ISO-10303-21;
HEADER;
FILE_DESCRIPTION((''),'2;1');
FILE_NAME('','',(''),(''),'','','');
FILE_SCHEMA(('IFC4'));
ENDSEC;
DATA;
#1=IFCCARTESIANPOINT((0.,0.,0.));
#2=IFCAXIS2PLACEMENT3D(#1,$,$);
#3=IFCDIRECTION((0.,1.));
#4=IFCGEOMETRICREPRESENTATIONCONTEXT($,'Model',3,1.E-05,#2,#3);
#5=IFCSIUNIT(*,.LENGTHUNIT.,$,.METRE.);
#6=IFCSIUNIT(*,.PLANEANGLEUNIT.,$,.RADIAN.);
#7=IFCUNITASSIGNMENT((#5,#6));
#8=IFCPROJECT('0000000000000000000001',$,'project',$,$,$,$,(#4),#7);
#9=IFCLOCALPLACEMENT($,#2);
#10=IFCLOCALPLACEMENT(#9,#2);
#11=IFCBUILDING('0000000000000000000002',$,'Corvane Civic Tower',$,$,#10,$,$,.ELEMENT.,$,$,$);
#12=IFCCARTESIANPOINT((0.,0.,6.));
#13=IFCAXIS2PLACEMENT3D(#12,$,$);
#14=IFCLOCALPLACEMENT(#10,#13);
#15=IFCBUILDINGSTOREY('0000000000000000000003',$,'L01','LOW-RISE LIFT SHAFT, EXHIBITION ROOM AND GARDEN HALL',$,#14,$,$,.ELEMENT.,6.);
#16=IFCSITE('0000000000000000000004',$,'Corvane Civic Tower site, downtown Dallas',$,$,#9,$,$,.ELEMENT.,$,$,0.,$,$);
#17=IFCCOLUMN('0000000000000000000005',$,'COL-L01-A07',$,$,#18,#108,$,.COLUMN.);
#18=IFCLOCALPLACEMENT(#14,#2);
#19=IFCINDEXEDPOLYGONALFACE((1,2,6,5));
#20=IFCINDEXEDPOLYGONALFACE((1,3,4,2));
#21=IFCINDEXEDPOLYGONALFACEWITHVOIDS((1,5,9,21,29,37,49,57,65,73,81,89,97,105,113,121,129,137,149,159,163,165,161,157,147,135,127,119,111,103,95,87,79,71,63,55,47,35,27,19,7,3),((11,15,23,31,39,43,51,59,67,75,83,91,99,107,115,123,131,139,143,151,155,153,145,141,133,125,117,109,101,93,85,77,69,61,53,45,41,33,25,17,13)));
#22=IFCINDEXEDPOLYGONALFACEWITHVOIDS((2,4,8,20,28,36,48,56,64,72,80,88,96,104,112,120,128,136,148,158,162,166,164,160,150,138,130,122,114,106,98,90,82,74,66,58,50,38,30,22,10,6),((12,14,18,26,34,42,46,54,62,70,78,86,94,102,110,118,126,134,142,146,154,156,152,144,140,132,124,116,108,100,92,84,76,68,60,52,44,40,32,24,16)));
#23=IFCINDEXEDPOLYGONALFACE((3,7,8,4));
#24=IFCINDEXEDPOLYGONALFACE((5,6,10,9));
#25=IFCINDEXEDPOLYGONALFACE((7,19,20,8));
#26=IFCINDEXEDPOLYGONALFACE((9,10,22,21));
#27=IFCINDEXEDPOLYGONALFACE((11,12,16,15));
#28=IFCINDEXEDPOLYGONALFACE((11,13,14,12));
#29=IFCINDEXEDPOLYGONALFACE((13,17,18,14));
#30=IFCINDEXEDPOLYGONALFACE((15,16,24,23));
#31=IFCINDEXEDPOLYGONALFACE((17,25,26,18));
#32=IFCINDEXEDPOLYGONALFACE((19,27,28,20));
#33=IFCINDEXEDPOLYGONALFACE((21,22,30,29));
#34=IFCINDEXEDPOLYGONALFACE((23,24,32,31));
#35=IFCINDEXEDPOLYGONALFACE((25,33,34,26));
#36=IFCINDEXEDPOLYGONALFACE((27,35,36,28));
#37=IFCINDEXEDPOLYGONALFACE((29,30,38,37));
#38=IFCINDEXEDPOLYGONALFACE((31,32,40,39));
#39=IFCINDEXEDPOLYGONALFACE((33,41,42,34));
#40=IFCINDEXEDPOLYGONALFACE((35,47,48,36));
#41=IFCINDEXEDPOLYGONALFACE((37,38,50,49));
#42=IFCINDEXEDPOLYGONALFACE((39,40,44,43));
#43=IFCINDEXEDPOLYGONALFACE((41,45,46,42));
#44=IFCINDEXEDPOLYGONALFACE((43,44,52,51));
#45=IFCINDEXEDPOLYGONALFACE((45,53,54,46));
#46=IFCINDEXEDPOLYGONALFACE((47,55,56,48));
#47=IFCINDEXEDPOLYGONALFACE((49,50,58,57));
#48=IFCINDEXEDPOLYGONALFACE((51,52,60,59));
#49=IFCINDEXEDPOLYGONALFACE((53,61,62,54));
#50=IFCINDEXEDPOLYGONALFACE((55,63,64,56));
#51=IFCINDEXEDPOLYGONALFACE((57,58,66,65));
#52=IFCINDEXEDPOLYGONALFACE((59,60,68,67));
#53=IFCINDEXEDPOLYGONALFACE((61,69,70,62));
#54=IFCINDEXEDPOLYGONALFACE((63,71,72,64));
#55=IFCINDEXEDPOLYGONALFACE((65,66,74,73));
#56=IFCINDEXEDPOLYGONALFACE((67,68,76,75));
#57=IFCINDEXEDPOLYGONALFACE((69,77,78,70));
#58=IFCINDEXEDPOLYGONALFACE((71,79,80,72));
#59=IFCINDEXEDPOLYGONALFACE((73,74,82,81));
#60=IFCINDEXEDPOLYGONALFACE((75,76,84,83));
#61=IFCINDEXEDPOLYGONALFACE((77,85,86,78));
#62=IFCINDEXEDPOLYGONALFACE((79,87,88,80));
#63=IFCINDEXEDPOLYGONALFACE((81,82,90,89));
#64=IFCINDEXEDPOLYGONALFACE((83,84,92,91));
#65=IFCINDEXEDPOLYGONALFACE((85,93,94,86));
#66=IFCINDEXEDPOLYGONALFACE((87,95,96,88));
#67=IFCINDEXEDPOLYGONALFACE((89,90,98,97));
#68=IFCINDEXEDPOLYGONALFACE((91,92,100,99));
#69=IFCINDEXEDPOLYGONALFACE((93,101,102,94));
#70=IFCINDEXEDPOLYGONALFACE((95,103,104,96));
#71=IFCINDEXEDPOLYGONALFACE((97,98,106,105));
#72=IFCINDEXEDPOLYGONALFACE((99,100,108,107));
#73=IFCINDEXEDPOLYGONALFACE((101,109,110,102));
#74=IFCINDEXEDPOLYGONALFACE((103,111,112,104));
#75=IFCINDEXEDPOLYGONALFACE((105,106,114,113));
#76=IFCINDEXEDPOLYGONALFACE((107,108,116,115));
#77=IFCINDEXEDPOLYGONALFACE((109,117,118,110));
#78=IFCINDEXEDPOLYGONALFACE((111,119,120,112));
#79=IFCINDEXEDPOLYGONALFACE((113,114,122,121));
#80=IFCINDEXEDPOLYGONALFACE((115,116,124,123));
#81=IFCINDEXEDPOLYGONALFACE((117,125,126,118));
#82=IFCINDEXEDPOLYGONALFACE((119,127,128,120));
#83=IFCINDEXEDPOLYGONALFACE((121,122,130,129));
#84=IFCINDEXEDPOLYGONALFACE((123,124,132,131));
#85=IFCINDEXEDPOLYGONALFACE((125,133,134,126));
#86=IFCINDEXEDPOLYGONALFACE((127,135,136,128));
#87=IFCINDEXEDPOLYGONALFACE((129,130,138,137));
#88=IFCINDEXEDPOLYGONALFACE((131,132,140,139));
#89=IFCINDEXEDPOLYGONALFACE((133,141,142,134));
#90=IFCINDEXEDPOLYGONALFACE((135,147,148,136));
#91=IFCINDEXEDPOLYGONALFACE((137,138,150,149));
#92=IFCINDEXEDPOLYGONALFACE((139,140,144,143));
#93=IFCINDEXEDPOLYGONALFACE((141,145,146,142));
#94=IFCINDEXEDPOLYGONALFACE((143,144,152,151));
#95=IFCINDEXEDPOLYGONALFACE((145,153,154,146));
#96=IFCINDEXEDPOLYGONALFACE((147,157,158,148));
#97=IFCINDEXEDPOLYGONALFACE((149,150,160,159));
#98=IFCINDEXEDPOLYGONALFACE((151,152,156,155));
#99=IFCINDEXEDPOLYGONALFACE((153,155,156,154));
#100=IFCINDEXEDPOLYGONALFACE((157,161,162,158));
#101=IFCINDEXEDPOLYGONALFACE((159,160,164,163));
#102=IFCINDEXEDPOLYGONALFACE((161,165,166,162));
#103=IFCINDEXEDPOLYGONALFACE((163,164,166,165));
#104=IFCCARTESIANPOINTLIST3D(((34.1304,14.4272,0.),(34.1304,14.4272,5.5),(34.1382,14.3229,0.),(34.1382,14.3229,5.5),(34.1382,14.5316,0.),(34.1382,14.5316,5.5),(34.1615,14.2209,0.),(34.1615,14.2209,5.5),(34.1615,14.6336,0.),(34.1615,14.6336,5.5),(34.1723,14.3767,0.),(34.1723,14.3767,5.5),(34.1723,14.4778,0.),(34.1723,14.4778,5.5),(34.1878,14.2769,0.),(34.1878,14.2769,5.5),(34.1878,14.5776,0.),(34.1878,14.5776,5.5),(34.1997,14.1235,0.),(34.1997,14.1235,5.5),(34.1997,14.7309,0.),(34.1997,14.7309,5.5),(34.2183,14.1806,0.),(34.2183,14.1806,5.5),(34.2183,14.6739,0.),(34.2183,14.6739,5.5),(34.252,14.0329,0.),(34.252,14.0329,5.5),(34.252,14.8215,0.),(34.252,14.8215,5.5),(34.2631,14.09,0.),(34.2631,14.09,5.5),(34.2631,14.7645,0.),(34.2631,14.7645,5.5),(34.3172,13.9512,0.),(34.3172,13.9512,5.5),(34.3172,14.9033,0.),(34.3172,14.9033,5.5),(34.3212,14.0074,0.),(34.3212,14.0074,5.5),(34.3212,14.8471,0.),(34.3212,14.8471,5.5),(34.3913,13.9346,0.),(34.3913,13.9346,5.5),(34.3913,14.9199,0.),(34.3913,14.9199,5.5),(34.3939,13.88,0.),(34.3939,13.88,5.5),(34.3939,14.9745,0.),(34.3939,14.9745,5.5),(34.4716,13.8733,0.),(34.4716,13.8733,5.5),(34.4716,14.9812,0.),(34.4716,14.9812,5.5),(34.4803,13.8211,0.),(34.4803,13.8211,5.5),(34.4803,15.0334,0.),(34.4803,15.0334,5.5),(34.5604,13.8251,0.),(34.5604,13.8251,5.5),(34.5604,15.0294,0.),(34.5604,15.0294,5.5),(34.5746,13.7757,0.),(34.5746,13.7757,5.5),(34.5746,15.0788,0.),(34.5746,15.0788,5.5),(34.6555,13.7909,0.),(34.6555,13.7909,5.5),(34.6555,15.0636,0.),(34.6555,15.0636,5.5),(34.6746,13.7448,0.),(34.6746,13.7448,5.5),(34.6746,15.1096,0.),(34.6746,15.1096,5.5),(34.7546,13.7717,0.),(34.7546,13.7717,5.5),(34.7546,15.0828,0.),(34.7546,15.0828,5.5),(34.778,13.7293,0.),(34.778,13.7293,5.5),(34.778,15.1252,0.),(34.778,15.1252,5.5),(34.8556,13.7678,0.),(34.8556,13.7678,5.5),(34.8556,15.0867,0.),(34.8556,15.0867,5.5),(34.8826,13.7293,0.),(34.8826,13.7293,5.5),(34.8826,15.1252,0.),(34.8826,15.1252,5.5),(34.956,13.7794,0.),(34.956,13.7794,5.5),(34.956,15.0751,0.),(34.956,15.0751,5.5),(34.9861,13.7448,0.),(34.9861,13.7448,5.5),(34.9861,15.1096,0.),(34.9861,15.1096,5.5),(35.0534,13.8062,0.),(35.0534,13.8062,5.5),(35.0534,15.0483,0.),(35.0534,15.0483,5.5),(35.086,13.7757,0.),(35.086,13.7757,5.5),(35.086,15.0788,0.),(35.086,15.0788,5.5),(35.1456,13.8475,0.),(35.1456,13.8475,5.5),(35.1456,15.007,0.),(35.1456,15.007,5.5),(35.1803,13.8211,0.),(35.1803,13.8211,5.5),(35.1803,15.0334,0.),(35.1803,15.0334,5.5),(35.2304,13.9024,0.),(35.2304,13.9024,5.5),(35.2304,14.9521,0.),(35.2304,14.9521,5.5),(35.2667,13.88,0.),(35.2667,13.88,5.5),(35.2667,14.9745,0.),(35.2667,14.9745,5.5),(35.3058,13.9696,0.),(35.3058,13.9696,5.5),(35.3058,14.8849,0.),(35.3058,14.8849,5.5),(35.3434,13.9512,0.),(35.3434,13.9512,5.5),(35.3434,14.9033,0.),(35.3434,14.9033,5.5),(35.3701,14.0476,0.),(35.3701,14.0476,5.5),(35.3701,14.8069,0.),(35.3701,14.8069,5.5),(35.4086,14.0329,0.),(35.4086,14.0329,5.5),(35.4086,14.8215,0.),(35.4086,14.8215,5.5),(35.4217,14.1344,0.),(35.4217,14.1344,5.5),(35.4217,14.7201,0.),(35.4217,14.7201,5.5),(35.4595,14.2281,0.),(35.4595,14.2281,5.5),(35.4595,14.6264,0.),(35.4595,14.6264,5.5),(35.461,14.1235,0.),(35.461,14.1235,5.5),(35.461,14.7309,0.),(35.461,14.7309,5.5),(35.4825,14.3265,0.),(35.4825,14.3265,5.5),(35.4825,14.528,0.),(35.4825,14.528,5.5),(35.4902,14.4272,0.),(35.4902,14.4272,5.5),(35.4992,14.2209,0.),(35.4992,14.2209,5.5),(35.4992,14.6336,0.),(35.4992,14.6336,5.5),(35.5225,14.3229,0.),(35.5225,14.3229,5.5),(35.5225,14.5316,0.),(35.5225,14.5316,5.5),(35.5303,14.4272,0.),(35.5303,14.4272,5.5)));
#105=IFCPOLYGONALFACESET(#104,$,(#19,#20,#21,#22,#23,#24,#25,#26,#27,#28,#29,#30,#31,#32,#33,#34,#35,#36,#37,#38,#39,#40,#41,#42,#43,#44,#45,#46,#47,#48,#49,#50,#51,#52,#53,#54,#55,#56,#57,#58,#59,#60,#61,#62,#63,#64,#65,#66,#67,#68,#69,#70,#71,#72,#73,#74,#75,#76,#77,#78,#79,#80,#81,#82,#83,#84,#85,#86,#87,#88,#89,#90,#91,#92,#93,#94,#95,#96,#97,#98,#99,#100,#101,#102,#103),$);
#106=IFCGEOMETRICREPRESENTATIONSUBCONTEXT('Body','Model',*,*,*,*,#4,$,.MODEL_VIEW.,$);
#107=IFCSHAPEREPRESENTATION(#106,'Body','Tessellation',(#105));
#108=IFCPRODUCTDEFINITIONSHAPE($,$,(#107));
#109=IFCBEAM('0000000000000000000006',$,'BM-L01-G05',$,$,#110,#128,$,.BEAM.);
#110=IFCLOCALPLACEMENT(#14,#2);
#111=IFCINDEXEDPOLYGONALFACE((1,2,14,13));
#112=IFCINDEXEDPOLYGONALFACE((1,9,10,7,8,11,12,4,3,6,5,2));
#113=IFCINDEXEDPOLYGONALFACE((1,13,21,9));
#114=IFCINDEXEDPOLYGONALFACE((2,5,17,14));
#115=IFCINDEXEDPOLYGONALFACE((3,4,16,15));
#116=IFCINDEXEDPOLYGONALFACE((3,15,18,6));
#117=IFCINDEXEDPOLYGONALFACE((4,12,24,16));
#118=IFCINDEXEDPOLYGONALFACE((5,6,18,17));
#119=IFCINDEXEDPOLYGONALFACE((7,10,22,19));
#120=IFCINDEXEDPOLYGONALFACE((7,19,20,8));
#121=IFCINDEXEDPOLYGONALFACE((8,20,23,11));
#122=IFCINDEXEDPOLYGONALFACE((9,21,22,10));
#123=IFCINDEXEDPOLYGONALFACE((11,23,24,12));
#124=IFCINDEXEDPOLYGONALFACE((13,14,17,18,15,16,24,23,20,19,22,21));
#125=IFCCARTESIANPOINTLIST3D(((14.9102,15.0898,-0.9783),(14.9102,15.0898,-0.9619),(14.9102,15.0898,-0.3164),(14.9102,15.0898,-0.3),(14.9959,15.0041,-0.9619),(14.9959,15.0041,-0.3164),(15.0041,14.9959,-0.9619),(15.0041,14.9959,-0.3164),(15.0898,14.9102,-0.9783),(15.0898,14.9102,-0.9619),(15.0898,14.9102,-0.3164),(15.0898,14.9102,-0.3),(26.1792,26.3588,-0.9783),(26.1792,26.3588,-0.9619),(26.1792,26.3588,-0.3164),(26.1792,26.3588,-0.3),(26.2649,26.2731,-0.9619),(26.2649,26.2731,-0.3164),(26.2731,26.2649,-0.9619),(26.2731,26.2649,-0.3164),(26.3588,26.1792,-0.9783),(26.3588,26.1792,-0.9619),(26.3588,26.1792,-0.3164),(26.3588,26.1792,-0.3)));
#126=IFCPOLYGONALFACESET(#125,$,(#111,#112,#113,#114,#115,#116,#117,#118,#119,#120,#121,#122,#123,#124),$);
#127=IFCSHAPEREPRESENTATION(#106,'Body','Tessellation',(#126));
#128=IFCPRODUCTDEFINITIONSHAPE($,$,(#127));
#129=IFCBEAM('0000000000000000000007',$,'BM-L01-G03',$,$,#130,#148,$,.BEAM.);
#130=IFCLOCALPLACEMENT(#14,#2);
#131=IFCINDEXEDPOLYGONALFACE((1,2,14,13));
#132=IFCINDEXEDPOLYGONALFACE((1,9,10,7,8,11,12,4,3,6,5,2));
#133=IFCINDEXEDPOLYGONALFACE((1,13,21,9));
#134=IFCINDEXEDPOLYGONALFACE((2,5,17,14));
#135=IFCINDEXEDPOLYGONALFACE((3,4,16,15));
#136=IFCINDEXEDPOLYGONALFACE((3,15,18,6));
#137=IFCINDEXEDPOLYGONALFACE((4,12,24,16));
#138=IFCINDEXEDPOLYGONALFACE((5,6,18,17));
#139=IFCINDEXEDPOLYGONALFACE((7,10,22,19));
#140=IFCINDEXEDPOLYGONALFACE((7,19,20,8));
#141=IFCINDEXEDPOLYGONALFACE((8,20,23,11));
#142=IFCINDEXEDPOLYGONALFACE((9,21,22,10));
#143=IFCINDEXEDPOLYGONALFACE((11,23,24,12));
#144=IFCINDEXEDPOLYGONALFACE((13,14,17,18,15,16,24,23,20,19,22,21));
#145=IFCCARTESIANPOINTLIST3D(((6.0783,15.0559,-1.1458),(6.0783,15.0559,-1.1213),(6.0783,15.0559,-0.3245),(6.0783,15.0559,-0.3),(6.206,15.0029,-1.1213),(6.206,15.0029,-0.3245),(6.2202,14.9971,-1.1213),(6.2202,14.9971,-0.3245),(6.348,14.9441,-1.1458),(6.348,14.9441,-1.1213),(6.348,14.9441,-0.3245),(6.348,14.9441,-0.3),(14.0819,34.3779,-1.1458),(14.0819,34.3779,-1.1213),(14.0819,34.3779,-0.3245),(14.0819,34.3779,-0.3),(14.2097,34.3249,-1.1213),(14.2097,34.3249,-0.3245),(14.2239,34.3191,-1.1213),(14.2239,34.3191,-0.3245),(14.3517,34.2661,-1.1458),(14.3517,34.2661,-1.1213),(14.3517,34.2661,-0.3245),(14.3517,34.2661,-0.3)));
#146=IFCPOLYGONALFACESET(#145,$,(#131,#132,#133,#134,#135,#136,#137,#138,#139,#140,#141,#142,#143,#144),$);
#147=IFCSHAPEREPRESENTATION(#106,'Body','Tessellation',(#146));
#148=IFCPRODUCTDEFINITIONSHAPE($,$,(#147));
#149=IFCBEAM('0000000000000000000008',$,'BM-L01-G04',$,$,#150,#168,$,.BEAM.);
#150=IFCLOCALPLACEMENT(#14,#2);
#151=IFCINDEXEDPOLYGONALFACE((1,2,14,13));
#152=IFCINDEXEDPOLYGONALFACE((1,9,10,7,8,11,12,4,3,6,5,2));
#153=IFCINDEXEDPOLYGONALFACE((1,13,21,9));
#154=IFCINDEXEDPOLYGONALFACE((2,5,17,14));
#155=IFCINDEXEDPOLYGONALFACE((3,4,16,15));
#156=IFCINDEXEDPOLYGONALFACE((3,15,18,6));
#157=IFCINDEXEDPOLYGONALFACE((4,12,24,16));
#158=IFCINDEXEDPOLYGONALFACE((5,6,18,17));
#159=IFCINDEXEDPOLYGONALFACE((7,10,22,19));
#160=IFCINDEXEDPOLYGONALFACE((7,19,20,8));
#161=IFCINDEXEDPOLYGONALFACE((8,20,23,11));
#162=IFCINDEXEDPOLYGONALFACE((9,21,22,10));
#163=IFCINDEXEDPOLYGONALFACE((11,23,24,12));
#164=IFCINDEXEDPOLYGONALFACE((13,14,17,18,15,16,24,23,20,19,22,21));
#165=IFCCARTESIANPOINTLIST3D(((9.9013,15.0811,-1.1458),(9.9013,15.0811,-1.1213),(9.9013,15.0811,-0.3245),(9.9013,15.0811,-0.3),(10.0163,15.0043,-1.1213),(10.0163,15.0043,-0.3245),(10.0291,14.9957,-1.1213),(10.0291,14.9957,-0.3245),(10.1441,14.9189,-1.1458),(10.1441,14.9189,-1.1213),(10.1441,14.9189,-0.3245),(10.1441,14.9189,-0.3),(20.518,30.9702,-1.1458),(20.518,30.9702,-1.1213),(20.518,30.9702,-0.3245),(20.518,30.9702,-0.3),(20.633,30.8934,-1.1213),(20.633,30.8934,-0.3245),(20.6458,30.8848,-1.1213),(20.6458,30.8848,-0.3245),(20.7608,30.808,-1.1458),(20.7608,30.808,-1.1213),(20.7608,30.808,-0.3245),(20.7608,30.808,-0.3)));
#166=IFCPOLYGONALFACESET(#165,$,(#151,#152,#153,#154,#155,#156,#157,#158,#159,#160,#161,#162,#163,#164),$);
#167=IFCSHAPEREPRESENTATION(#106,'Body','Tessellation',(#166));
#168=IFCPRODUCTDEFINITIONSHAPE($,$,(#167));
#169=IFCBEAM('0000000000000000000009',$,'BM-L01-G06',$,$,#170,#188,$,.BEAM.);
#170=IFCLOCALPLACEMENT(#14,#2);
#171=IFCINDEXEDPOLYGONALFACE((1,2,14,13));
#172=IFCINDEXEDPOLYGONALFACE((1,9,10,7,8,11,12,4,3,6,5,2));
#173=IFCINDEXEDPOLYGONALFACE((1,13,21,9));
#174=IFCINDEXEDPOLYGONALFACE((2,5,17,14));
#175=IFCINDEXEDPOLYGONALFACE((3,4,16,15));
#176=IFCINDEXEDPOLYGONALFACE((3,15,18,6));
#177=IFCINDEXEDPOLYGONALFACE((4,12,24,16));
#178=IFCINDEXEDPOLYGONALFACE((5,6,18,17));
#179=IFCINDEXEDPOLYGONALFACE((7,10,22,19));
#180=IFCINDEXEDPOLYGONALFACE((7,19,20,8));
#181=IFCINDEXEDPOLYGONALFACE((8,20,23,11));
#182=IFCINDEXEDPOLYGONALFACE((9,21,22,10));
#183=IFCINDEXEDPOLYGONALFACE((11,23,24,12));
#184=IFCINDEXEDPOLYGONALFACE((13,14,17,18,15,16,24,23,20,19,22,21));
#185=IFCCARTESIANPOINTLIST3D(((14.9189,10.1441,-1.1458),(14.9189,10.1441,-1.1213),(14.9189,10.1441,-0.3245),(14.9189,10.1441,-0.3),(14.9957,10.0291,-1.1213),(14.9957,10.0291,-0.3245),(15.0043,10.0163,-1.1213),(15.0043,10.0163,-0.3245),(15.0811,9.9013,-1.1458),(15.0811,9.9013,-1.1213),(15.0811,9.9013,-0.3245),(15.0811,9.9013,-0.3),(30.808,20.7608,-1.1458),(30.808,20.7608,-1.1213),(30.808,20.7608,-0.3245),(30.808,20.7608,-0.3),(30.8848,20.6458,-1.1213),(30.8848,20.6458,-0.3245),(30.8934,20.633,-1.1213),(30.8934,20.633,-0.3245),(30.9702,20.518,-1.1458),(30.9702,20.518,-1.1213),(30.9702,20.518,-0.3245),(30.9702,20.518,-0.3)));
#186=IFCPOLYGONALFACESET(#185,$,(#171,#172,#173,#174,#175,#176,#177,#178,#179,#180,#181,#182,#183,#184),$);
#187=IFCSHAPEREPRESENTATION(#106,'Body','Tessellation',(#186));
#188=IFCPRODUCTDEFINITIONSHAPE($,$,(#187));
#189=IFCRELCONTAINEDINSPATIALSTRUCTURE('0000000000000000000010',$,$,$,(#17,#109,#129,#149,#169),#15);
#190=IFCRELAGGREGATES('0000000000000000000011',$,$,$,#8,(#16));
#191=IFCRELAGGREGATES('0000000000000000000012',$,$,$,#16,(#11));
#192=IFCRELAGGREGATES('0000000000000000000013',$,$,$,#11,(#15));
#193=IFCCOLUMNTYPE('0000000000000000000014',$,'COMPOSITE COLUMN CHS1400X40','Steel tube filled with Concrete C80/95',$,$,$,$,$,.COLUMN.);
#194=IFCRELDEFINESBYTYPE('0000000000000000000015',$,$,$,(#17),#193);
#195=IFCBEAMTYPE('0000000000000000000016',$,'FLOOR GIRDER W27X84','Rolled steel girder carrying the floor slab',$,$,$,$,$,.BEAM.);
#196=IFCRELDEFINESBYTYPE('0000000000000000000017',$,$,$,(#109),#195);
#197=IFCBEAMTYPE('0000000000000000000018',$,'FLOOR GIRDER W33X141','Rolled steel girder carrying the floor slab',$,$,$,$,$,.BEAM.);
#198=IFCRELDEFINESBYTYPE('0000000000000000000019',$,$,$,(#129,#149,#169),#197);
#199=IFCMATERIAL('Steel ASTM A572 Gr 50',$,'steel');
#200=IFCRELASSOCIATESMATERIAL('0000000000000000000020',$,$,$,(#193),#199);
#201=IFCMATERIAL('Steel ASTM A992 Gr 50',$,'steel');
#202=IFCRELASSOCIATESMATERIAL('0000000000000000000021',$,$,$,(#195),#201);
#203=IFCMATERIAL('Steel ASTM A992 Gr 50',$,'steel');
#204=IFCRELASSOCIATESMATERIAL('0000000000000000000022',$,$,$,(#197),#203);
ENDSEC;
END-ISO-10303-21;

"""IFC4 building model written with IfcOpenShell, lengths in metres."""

from ifc_helpers import new_model, si_unit, direction, frame, origin, origin_2d, place, context, subcontext, project, spatial, hollow_circle, i_section, extrude, material, material_profile, profile_set, type_object, element, save


model = new_model("IFC4")

# Units and contexts
model_context = context("Model", 3, precision=1e-05, world=origin(), true_north=direction((0.0, 1.0)))
body_context = subcontext(model_context, "Body", "Model", "MODEL_VIEW")
ifc_project = project(units=[si_unit("LENGTHUNIT", "METRE"), si_unit("PLANEANGLEUNIT", "RADIAN")], contexts=[model_context])

# Site, building, storey
site_placement = place(None, origin())
site = spatial("IfcSite", under=ifc_project, at=site_placement, Name="Corvane Civic Tower site, downtown Dallas", CompositionType="ELEMENT", RefElevation=0.0)
building_placement = place(site_placement, origin())
building = spatial("IfcBuilding", under=site, at=building_placement, Name="Corvane Civic Tower", CompositionType="ELEMENT")
storey_placement = place(building_placement, frame((0.0, 0.0, 6.0)))
storey = spatial("IfcBuildingStorey", under=building, at=storey_placement, Name="L01", Description="LOW-RISE LIFT SHAFT, EXHIBITION ROOM AND GARDEN HALL", CompositionType="ELEMENT", Elevation=6.0)

# Column
ifc_material_1 = material(Name="Steel ASTM A572 Gr 50", Category="steel")
ifc_material_profile_1 = material_profile(ifc_material_1, hollow_circle(Radius=0.7, WallThickness=0.04, at=origin_2d()), Name="CHS1400X40")
ifc_profile_set_1 = profile_set([ifc_material_profile_1], Name="Steel ASTM A572 Gr 50")
column_type = type_object("IfcColumnType", Name="COMPOSITE COLUMN CHS1400X40", Description="Steel tube filled with Concrete C80/95", PredefinedType="COLUMN", material=ifc_profile_set_1)
column_placement = place(storey_placement, frame((34.8303, 14.4272, 0.0), z_axis=(0.0, 0.0, 1.0), x_axis=(1.0, 0.0, 0.0)))
element("IfcColumn", 1, at=column_placement, inside=storey, type_object=column_type, Name="COL-L01-A07", PredefinedType="COLUMN", context=body_context, shape_type="SweptSolid", body=[
    extrude(hollow_circle(Radius=0.7, WallThickness=0.04, at=origin_2d()), origin(), (0.0, 0.0, 1.0), 5.5),
])

# Beams
ifc_material_2 = material(Name="Steel ASTM A992 Gr 50", Category="steel")
ifc_material_profile_2 = material_profile(ifc_material_2, i_section(OverallWidth=0.2539, OverallDepth=0.6782, WebThickness=0.0117, FlangeThickness=0.0164, at=origin_2d()), Name="W27X84")
ifc_profile_set_2 = profile_set([ifc_material_profile_2], Name="Steel ASTM A992 Gr 50")
beam_type_1 = type_object("IfcBeamType", Name="FLOOR GIRDER W27X84", Description="Rolled steel girder carrying the floor slab", PredefinedType="BEAM", material=ifc_profile_set_2)
beam_1_placement = place(storey_placement, frame((15.0, 15.0, -0.6392), z_axis=(0.707107, 0.707107, 0.0), x_axis=(-0.707107, 0.707107, 0.0)))
element("IfcBeam", 2, at=beam_1_placement, inside=storey, type_object=beam_type_1, Name="BM-L01-G05", PredefinedType="BEAM", context=body_context, shape_type="SweptSolid", body=[
    extrude(i_section(OverallWidth=0.2539, OverallDepth=0.6782, WebThickness=0.0117, FlangeThickness=0.0164, at=origin_2d()), origin(), (0.0, 0.0, 1.0), 15.9368),
])
ifc_material_3 = material(Name="Steel ASTM A992 Gr 50", Category="steel")
ifc_material_profile_3 = material_profile(ifc_material_3, i_section(OverallWidth=0.292, OverallDepth=0.8457, WebThickness=0.0154, FlangeThickness=0.0244, at=origin_2d()), Name="W33X141")
ifc_profile_set_3 = profile_set([ifc_material_profile_3], Name="Steel ASTM A992 Gr 50")
beam_type_2 = type_object("IfcBeamType", Name="FLOOR GIRDER W33X141", Description="Rolled steel girder carrying the floor slab", PredefinedType="BEAM", material=ifc_profile_set_3)
beam_2_placement = place(storey_placement, frame((6.2131, 15.0, -0.7229), z_axis=(0.382692, 0.923876, 0.0), x_axis=(-0.923876, 0.382692, 0.0)))
element("IfcBeam", 3, at=beam_2_placement, inside=storey, type_object=beam_type_2, Name="BM-L01-G03", PredefinedType="BEAM", context=body_context, shape_type="SweptSolid", body=[
    extrude(i_section(OverallWidth=0.292, OverallDepth=0.8457, WebThickness=0.0154, FlangeThickness=0.0244, at=origin_2d()), origin(), (0.0, 0.0, 1.0), 20.9141),
])
for number, where, z_axis, x_axis, name in (
    (4, (10.0227, 15.0, -0.7229), (0.555567, 0.831472, 0.0), (-0.831472, 0.555567, 0.0), "BM-L01-G04"),
    (5, (15.0, 10.0227, -0.7229), (0.831472, 0.555567, 0.0), (-0.555567, 0.831472, 0.0), "BM-L01-G06"),
):
    element("IfcBeam", number, at=place(storey_placement, frame(where, z_axis=z_axis, x_axis=x_axis)), inside=storey, type_object=beam_type_2, Name=name, PredefinedType="BEAM", context=body_context, shape_type="SweptSolid", body=[
        extrude(i_section(OverallWidth=0.292, OverallDepth=0.8457, WebThickness=0.0154, FlangeThickness=0.0244, at=origin_2d()), origin(), (0.0, 0.0, 1.0), 19.1096),
    ])

save(model, "model.ifc")
